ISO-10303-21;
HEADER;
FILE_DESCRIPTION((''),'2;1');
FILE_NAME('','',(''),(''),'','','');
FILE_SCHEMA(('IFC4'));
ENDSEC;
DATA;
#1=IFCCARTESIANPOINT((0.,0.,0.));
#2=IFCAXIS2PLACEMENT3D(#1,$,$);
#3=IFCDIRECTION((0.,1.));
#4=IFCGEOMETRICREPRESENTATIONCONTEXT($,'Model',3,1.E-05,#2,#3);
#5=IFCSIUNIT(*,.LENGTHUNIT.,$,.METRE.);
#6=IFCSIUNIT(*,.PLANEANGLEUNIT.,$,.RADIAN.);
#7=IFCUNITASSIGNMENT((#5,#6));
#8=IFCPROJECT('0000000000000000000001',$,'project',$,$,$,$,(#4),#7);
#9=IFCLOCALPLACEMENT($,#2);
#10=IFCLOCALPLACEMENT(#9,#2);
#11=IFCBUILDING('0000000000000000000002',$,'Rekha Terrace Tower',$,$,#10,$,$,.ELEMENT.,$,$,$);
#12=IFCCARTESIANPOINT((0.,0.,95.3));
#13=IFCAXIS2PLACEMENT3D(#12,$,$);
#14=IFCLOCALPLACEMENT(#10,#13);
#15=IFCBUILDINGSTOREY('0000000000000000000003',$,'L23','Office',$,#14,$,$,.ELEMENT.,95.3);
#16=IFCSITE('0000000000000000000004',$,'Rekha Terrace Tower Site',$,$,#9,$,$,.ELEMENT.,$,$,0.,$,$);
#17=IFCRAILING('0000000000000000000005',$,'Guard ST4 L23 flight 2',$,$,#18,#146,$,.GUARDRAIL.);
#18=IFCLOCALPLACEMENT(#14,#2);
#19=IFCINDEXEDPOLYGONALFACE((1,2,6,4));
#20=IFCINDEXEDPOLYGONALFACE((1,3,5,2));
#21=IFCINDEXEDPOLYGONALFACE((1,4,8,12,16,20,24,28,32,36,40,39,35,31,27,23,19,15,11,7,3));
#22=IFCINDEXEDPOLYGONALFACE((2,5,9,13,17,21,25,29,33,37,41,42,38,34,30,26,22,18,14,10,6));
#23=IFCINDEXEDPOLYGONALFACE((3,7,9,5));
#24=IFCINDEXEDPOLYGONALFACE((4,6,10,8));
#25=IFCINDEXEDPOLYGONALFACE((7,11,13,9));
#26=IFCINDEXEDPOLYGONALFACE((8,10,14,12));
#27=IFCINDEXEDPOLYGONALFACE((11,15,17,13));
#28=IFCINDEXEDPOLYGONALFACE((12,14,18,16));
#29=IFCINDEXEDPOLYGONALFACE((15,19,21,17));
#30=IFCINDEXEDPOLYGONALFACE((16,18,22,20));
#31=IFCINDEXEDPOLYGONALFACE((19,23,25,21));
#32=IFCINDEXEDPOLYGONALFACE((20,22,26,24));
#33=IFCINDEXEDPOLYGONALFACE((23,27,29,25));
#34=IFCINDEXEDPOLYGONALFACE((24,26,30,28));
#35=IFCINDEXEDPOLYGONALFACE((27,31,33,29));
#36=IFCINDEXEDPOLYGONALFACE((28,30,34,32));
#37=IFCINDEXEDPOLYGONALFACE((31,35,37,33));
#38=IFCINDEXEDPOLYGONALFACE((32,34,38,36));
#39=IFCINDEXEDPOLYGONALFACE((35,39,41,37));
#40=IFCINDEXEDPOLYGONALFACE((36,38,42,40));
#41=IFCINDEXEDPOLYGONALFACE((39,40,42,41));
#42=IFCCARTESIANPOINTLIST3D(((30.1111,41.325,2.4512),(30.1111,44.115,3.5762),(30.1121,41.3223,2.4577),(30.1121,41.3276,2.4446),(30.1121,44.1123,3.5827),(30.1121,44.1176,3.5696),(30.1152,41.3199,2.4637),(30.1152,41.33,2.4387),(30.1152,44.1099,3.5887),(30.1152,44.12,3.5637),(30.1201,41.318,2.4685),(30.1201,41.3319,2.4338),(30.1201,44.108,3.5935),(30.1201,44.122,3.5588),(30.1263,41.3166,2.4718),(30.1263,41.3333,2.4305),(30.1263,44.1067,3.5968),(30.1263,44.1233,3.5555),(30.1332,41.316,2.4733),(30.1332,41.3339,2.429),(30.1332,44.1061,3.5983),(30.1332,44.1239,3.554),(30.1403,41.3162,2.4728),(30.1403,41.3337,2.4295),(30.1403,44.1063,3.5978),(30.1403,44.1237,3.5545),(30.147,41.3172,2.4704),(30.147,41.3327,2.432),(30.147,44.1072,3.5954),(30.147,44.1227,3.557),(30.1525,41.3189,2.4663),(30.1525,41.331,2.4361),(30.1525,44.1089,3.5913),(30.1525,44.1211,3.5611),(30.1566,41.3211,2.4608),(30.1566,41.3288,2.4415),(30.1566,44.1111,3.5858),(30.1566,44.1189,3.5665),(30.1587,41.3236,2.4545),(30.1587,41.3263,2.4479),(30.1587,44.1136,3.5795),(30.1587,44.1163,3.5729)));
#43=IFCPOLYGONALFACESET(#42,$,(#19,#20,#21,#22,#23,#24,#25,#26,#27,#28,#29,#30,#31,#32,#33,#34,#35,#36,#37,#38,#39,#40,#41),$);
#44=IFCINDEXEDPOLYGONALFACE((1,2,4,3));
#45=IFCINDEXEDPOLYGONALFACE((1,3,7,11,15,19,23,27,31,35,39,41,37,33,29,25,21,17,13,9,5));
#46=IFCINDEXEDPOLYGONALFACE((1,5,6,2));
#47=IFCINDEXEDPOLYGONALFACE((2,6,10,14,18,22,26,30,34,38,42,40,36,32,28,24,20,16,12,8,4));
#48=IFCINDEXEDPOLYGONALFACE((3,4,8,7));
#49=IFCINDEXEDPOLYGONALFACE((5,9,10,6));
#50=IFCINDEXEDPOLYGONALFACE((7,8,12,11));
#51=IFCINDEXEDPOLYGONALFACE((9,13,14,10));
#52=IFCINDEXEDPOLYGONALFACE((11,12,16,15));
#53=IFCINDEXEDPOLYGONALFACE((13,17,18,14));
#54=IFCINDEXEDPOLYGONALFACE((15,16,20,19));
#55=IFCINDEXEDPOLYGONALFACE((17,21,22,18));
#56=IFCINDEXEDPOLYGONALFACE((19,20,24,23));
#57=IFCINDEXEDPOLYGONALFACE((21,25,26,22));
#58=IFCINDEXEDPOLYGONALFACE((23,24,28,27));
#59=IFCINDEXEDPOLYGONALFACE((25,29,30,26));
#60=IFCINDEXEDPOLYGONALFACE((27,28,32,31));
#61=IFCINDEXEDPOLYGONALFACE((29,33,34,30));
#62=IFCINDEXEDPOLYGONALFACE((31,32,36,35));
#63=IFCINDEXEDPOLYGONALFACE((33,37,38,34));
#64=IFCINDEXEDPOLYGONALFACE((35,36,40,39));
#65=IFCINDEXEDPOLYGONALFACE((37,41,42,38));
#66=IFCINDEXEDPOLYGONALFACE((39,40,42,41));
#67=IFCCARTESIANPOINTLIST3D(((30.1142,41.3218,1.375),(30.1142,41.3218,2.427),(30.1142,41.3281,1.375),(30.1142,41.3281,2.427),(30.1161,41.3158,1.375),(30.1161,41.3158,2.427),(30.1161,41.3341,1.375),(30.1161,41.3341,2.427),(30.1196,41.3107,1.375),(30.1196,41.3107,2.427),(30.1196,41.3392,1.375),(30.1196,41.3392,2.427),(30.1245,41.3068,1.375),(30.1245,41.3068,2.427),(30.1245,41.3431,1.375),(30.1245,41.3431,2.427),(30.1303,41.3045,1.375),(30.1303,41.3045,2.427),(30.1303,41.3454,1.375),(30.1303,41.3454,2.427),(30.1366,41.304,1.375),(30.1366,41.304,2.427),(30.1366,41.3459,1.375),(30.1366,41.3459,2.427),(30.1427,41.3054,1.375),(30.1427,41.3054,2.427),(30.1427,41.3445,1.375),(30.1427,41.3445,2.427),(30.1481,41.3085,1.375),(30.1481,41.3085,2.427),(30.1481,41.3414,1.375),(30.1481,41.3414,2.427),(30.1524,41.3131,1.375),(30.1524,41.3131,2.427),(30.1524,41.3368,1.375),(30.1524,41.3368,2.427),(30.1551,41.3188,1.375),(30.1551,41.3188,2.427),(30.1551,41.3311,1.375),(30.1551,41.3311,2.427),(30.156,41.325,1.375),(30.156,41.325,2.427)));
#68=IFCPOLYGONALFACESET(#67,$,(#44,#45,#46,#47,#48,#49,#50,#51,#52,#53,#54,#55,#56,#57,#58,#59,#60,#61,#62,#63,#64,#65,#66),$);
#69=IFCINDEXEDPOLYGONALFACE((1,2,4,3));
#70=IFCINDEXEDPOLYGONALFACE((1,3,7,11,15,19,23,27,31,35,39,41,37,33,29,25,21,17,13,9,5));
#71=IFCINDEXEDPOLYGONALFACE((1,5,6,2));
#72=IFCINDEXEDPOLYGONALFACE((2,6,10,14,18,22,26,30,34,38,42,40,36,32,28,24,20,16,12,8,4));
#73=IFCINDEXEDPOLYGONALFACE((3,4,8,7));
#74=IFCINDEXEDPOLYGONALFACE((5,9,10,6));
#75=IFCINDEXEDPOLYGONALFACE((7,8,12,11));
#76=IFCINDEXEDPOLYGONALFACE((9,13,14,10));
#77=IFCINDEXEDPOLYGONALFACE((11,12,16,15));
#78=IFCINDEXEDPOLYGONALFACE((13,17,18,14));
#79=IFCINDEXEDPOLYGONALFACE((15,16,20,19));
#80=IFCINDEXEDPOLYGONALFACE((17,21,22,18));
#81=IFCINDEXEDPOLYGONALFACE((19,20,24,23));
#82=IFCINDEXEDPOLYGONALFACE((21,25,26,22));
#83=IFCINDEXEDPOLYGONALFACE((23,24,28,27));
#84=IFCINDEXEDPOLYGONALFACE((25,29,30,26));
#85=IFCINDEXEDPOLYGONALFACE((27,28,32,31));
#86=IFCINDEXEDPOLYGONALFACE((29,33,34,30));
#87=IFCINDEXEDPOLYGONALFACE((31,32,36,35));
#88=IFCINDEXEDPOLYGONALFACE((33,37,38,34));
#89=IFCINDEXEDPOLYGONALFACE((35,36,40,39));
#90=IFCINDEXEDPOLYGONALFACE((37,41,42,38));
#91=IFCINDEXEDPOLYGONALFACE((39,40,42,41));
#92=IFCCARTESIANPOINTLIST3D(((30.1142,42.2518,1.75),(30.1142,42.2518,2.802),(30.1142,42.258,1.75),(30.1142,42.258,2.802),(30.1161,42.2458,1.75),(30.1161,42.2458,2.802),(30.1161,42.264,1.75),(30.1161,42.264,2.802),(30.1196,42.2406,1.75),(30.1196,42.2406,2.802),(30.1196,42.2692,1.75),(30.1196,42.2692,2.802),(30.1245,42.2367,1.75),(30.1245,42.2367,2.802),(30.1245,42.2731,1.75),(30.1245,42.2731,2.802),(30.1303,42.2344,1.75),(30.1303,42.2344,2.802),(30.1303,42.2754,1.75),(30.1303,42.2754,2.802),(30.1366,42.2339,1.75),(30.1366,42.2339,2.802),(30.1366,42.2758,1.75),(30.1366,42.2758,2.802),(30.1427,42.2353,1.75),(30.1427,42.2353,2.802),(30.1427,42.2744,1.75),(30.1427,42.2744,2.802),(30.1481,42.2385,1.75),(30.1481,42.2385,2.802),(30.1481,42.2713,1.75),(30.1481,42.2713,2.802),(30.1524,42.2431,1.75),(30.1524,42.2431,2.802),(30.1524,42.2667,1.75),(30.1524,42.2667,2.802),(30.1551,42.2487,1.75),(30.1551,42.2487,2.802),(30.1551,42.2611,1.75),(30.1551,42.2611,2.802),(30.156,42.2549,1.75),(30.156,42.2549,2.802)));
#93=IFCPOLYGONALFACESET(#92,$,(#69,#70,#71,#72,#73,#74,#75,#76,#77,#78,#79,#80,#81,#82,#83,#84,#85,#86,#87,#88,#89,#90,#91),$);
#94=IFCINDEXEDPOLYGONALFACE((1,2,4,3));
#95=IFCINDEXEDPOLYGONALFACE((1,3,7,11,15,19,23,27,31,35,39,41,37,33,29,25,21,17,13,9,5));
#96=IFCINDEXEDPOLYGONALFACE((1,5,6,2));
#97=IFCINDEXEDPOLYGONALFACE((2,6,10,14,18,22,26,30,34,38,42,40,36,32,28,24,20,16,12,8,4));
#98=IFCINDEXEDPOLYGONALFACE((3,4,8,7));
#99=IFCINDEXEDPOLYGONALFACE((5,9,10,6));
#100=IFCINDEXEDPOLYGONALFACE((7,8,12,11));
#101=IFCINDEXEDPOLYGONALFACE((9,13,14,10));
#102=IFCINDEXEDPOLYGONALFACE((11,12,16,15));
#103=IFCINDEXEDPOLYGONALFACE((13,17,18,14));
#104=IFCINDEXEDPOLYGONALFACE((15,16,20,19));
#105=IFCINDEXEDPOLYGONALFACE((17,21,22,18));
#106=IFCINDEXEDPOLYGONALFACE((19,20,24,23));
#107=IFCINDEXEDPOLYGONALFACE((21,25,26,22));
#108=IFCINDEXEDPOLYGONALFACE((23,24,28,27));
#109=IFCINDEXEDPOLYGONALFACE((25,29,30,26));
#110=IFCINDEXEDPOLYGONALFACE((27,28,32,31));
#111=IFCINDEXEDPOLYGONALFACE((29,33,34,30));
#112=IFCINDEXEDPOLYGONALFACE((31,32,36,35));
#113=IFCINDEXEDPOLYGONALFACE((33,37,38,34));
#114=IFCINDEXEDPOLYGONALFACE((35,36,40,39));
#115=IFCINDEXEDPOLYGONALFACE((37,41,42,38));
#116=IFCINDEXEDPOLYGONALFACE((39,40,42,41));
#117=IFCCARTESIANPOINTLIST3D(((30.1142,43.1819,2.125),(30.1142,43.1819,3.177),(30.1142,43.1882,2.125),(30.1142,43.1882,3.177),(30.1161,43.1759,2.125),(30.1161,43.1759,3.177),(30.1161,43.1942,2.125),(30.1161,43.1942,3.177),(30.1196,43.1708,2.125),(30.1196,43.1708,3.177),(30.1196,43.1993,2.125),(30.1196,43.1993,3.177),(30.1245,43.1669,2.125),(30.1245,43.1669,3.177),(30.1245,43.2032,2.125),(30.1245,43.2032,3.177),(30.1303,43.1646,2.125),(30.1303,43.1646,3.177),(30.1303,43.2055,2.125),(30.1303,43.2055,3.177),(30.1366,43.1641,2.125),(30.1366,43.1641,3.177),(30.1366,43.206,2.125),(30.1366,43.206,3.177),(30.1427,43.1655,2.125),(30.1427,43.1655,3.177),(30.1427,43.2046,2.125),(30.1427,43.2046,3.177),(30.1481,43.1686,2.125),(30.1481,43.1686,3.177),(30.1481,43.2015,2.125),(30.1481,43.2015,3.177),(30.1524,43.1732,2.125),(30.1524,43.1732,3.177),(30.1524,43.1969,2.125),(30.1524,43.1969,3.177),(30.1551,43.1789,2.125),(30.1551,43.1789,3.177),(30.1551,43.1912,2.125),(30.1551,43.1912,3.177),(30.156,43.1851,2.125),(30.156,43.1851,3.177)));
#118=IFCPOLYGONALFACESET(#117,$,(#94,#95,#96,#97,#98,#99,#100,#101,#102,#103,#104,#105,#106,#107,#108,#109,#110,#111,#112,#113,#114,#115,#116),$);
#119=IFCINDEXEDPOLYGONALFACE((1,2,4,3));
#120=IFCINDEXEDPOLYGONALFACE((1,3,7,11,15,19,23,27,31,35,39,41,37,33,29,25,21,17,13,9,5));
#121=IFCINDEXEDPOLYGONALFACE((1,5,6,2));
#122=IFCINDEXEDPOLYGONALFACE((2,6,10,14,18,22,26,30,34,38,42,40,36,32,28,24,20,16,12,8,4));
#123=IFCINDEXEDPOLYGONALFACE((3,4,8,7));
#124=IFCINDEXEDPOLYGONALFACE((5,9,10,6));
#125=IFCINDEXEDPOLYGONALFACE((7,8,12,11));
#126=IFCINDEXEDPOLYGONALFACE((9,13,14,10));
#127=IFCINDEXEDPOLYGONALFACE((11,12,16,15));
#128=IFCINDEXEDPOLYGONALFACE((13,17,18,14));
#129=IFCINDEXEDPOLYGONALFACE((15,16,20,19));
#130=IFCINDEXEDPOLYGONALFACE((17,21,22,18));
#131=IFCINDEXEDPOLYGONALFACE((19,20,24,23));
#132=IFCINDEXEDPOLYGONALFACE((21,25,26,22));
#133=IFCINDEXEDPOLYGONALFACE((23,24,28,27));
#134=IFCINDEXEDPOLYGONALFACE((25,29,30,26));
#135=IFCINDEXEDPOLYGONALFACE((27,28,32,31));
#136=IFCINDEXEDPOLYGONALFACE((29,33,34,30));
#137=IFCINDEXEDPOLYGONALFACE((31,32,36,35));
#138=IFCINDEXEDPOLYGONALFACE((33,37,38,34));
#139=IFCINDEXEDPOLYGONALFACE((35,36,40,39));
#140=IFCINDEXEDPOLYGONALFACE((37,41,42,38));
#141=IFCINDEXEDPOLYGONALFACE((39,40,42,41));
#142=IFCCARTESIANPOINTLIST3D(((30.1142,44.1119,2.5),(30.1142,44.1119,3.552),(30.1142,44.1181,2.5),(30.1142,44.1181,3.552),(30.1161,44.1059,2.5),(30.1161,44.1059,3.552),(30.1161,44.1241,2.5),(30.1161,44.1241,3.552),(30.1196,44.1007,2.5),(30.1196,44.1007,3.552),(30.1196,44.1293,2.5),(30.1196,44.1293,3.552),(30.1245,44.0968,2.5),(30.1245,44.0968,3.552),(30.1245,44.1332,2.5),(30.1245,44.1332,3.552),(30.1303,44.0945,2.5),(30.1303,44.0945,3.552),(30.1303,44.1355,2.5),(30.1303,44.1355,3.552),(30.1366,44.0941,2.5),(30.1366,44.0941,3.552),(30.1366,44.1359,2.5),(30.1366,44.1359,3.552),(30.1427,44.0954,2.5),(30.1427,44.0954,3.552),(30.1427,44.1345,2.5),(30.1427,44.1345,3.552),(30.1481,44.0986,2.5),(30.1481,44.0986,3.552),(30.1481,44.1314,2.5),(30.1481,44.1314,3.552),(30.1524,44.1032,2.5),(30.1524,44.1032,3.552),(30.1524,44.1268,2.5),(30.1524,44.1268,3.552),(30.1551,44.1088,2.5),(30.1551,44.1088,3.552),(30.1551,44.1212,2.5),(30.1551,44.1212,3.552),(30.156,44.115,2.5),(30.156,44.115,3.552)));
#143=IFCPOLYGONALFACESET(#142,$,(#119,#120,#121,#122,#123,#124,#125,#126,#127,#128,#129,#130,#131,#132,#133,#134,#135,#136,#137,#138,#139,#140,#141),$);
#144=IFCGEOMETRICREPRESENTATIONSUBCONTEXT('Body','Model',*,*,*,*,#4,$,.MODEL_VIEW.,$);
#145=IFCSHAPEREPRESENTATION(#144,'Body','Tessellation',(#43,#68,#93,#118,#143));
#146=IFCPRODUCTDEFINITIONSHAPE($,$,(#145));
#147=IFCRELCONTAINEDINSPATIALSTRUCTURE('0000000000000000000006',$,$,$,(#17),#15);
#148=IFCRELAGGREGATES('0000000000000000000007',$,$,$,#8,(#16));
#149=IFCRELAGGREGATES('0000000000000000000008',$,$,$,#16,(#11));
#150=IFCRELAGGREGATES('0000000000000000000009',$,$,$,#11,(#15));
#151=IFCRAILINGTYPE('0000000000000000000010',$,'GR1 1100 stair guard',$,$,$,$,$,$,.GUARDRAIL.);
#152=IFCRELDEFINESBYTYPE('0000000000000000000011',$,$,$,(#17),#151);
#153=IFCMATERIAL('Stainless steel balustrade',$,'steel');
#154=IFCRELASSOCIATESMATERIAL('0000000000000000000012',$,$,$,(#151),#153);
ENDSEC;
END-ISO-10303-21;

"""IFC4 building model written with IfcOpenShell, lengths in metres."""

from ifc_helpers import new_model, si_unit, direction, frame, origin, origin_2d, place, context, subcontext, project, spatial, circle, extrude, material, type_object, element, save


model = new_model("IFC4")

# Units and contexts
model_context = context("Model", 3, precision=1e-05, world=origin(), true_north=direction((0.0, 1.0)))
body_context = subcontext(model_context, "Body", "Model", "MODEL_VIEW")
ifc_project = project(units=[si_unit("LENGTHUNIT", "METRE"), si_unit("PLANEANGLEUNIT", "RADIAN")], contexts=[model_context])

# Site, building, storey
site_placement = place(None, origin())
site = spatial("IfcSite", under=ifc_project, at=site_placement, Name="Rekha Terrace Tower Site", CompositionType="ELEMENT", RefElevation=0.0)
building_placement = place(site_placement, origin())
building = spatial("IfcBuilding", under=site, at=building_placement, Name="Rekha Terrace Tower", CompositionType="ELEMENT")
storey_placement = place(building_placement, frame((0.0, 0.0, 95.3)))
storey = spatial("IfcBuildingStorey", under=building, at=storey_placement, Name="L23", Description="Office", CompositionType="ELEMENT", Elevation=95.3)

# Railing
ifc_material_1 = material(Name="Stainless steel balustrade", Category="steel")
railing_type_1 = type_object("IfcRailingType", Name="GR1 1100 stair guard", PredefinedType="GUARDRAIL", material=ifc_material_1)
railing_1_placement = place(storey_placement, frame((30.135, 41.325, 1.375)))
element("IfcRailing", 1, at=railing_1_placement, inside=storey, type_object=railing_type_1, Name="Guard ST4 L23 flight 2", PredefinedType="GUARDRAIL", context=body_context, shape_type="SweptSolid", body=[
    extrude(circle(Radius=0.0239, at=origin_2d()), frame((0.0, 0.0, 1.0762), z_axis=(0.0, 0.927443, 0.373964), x_axis=(-1.0, 0.0, 0.0)), (0.0, 0.0, 1.0), 3.0083),
    extrude(circle(Radius=0.021, at=origin_2d()), origin(), (0.0, 0.0, 1.0), 1.052),
    extrude(circle(Radius=0.021, at=origin_2d()), frame((0.0, 0.9299, 0.375)), (0.0, 0.0, 1.0), 1.052),
    extrude(circle(Radius=0.021, at=origin_2d()), frame((0.0, 1.8601, 0.75)), (0.0, 0.0, 1.0), 1.052),
    extrude(circle(Radius=0.021, at=origin_2d()), frame((0.0, 2.79, 1.125)), (0.0, 0.0, 1.0), 1.052),
])

save(model, "model.ifc")
